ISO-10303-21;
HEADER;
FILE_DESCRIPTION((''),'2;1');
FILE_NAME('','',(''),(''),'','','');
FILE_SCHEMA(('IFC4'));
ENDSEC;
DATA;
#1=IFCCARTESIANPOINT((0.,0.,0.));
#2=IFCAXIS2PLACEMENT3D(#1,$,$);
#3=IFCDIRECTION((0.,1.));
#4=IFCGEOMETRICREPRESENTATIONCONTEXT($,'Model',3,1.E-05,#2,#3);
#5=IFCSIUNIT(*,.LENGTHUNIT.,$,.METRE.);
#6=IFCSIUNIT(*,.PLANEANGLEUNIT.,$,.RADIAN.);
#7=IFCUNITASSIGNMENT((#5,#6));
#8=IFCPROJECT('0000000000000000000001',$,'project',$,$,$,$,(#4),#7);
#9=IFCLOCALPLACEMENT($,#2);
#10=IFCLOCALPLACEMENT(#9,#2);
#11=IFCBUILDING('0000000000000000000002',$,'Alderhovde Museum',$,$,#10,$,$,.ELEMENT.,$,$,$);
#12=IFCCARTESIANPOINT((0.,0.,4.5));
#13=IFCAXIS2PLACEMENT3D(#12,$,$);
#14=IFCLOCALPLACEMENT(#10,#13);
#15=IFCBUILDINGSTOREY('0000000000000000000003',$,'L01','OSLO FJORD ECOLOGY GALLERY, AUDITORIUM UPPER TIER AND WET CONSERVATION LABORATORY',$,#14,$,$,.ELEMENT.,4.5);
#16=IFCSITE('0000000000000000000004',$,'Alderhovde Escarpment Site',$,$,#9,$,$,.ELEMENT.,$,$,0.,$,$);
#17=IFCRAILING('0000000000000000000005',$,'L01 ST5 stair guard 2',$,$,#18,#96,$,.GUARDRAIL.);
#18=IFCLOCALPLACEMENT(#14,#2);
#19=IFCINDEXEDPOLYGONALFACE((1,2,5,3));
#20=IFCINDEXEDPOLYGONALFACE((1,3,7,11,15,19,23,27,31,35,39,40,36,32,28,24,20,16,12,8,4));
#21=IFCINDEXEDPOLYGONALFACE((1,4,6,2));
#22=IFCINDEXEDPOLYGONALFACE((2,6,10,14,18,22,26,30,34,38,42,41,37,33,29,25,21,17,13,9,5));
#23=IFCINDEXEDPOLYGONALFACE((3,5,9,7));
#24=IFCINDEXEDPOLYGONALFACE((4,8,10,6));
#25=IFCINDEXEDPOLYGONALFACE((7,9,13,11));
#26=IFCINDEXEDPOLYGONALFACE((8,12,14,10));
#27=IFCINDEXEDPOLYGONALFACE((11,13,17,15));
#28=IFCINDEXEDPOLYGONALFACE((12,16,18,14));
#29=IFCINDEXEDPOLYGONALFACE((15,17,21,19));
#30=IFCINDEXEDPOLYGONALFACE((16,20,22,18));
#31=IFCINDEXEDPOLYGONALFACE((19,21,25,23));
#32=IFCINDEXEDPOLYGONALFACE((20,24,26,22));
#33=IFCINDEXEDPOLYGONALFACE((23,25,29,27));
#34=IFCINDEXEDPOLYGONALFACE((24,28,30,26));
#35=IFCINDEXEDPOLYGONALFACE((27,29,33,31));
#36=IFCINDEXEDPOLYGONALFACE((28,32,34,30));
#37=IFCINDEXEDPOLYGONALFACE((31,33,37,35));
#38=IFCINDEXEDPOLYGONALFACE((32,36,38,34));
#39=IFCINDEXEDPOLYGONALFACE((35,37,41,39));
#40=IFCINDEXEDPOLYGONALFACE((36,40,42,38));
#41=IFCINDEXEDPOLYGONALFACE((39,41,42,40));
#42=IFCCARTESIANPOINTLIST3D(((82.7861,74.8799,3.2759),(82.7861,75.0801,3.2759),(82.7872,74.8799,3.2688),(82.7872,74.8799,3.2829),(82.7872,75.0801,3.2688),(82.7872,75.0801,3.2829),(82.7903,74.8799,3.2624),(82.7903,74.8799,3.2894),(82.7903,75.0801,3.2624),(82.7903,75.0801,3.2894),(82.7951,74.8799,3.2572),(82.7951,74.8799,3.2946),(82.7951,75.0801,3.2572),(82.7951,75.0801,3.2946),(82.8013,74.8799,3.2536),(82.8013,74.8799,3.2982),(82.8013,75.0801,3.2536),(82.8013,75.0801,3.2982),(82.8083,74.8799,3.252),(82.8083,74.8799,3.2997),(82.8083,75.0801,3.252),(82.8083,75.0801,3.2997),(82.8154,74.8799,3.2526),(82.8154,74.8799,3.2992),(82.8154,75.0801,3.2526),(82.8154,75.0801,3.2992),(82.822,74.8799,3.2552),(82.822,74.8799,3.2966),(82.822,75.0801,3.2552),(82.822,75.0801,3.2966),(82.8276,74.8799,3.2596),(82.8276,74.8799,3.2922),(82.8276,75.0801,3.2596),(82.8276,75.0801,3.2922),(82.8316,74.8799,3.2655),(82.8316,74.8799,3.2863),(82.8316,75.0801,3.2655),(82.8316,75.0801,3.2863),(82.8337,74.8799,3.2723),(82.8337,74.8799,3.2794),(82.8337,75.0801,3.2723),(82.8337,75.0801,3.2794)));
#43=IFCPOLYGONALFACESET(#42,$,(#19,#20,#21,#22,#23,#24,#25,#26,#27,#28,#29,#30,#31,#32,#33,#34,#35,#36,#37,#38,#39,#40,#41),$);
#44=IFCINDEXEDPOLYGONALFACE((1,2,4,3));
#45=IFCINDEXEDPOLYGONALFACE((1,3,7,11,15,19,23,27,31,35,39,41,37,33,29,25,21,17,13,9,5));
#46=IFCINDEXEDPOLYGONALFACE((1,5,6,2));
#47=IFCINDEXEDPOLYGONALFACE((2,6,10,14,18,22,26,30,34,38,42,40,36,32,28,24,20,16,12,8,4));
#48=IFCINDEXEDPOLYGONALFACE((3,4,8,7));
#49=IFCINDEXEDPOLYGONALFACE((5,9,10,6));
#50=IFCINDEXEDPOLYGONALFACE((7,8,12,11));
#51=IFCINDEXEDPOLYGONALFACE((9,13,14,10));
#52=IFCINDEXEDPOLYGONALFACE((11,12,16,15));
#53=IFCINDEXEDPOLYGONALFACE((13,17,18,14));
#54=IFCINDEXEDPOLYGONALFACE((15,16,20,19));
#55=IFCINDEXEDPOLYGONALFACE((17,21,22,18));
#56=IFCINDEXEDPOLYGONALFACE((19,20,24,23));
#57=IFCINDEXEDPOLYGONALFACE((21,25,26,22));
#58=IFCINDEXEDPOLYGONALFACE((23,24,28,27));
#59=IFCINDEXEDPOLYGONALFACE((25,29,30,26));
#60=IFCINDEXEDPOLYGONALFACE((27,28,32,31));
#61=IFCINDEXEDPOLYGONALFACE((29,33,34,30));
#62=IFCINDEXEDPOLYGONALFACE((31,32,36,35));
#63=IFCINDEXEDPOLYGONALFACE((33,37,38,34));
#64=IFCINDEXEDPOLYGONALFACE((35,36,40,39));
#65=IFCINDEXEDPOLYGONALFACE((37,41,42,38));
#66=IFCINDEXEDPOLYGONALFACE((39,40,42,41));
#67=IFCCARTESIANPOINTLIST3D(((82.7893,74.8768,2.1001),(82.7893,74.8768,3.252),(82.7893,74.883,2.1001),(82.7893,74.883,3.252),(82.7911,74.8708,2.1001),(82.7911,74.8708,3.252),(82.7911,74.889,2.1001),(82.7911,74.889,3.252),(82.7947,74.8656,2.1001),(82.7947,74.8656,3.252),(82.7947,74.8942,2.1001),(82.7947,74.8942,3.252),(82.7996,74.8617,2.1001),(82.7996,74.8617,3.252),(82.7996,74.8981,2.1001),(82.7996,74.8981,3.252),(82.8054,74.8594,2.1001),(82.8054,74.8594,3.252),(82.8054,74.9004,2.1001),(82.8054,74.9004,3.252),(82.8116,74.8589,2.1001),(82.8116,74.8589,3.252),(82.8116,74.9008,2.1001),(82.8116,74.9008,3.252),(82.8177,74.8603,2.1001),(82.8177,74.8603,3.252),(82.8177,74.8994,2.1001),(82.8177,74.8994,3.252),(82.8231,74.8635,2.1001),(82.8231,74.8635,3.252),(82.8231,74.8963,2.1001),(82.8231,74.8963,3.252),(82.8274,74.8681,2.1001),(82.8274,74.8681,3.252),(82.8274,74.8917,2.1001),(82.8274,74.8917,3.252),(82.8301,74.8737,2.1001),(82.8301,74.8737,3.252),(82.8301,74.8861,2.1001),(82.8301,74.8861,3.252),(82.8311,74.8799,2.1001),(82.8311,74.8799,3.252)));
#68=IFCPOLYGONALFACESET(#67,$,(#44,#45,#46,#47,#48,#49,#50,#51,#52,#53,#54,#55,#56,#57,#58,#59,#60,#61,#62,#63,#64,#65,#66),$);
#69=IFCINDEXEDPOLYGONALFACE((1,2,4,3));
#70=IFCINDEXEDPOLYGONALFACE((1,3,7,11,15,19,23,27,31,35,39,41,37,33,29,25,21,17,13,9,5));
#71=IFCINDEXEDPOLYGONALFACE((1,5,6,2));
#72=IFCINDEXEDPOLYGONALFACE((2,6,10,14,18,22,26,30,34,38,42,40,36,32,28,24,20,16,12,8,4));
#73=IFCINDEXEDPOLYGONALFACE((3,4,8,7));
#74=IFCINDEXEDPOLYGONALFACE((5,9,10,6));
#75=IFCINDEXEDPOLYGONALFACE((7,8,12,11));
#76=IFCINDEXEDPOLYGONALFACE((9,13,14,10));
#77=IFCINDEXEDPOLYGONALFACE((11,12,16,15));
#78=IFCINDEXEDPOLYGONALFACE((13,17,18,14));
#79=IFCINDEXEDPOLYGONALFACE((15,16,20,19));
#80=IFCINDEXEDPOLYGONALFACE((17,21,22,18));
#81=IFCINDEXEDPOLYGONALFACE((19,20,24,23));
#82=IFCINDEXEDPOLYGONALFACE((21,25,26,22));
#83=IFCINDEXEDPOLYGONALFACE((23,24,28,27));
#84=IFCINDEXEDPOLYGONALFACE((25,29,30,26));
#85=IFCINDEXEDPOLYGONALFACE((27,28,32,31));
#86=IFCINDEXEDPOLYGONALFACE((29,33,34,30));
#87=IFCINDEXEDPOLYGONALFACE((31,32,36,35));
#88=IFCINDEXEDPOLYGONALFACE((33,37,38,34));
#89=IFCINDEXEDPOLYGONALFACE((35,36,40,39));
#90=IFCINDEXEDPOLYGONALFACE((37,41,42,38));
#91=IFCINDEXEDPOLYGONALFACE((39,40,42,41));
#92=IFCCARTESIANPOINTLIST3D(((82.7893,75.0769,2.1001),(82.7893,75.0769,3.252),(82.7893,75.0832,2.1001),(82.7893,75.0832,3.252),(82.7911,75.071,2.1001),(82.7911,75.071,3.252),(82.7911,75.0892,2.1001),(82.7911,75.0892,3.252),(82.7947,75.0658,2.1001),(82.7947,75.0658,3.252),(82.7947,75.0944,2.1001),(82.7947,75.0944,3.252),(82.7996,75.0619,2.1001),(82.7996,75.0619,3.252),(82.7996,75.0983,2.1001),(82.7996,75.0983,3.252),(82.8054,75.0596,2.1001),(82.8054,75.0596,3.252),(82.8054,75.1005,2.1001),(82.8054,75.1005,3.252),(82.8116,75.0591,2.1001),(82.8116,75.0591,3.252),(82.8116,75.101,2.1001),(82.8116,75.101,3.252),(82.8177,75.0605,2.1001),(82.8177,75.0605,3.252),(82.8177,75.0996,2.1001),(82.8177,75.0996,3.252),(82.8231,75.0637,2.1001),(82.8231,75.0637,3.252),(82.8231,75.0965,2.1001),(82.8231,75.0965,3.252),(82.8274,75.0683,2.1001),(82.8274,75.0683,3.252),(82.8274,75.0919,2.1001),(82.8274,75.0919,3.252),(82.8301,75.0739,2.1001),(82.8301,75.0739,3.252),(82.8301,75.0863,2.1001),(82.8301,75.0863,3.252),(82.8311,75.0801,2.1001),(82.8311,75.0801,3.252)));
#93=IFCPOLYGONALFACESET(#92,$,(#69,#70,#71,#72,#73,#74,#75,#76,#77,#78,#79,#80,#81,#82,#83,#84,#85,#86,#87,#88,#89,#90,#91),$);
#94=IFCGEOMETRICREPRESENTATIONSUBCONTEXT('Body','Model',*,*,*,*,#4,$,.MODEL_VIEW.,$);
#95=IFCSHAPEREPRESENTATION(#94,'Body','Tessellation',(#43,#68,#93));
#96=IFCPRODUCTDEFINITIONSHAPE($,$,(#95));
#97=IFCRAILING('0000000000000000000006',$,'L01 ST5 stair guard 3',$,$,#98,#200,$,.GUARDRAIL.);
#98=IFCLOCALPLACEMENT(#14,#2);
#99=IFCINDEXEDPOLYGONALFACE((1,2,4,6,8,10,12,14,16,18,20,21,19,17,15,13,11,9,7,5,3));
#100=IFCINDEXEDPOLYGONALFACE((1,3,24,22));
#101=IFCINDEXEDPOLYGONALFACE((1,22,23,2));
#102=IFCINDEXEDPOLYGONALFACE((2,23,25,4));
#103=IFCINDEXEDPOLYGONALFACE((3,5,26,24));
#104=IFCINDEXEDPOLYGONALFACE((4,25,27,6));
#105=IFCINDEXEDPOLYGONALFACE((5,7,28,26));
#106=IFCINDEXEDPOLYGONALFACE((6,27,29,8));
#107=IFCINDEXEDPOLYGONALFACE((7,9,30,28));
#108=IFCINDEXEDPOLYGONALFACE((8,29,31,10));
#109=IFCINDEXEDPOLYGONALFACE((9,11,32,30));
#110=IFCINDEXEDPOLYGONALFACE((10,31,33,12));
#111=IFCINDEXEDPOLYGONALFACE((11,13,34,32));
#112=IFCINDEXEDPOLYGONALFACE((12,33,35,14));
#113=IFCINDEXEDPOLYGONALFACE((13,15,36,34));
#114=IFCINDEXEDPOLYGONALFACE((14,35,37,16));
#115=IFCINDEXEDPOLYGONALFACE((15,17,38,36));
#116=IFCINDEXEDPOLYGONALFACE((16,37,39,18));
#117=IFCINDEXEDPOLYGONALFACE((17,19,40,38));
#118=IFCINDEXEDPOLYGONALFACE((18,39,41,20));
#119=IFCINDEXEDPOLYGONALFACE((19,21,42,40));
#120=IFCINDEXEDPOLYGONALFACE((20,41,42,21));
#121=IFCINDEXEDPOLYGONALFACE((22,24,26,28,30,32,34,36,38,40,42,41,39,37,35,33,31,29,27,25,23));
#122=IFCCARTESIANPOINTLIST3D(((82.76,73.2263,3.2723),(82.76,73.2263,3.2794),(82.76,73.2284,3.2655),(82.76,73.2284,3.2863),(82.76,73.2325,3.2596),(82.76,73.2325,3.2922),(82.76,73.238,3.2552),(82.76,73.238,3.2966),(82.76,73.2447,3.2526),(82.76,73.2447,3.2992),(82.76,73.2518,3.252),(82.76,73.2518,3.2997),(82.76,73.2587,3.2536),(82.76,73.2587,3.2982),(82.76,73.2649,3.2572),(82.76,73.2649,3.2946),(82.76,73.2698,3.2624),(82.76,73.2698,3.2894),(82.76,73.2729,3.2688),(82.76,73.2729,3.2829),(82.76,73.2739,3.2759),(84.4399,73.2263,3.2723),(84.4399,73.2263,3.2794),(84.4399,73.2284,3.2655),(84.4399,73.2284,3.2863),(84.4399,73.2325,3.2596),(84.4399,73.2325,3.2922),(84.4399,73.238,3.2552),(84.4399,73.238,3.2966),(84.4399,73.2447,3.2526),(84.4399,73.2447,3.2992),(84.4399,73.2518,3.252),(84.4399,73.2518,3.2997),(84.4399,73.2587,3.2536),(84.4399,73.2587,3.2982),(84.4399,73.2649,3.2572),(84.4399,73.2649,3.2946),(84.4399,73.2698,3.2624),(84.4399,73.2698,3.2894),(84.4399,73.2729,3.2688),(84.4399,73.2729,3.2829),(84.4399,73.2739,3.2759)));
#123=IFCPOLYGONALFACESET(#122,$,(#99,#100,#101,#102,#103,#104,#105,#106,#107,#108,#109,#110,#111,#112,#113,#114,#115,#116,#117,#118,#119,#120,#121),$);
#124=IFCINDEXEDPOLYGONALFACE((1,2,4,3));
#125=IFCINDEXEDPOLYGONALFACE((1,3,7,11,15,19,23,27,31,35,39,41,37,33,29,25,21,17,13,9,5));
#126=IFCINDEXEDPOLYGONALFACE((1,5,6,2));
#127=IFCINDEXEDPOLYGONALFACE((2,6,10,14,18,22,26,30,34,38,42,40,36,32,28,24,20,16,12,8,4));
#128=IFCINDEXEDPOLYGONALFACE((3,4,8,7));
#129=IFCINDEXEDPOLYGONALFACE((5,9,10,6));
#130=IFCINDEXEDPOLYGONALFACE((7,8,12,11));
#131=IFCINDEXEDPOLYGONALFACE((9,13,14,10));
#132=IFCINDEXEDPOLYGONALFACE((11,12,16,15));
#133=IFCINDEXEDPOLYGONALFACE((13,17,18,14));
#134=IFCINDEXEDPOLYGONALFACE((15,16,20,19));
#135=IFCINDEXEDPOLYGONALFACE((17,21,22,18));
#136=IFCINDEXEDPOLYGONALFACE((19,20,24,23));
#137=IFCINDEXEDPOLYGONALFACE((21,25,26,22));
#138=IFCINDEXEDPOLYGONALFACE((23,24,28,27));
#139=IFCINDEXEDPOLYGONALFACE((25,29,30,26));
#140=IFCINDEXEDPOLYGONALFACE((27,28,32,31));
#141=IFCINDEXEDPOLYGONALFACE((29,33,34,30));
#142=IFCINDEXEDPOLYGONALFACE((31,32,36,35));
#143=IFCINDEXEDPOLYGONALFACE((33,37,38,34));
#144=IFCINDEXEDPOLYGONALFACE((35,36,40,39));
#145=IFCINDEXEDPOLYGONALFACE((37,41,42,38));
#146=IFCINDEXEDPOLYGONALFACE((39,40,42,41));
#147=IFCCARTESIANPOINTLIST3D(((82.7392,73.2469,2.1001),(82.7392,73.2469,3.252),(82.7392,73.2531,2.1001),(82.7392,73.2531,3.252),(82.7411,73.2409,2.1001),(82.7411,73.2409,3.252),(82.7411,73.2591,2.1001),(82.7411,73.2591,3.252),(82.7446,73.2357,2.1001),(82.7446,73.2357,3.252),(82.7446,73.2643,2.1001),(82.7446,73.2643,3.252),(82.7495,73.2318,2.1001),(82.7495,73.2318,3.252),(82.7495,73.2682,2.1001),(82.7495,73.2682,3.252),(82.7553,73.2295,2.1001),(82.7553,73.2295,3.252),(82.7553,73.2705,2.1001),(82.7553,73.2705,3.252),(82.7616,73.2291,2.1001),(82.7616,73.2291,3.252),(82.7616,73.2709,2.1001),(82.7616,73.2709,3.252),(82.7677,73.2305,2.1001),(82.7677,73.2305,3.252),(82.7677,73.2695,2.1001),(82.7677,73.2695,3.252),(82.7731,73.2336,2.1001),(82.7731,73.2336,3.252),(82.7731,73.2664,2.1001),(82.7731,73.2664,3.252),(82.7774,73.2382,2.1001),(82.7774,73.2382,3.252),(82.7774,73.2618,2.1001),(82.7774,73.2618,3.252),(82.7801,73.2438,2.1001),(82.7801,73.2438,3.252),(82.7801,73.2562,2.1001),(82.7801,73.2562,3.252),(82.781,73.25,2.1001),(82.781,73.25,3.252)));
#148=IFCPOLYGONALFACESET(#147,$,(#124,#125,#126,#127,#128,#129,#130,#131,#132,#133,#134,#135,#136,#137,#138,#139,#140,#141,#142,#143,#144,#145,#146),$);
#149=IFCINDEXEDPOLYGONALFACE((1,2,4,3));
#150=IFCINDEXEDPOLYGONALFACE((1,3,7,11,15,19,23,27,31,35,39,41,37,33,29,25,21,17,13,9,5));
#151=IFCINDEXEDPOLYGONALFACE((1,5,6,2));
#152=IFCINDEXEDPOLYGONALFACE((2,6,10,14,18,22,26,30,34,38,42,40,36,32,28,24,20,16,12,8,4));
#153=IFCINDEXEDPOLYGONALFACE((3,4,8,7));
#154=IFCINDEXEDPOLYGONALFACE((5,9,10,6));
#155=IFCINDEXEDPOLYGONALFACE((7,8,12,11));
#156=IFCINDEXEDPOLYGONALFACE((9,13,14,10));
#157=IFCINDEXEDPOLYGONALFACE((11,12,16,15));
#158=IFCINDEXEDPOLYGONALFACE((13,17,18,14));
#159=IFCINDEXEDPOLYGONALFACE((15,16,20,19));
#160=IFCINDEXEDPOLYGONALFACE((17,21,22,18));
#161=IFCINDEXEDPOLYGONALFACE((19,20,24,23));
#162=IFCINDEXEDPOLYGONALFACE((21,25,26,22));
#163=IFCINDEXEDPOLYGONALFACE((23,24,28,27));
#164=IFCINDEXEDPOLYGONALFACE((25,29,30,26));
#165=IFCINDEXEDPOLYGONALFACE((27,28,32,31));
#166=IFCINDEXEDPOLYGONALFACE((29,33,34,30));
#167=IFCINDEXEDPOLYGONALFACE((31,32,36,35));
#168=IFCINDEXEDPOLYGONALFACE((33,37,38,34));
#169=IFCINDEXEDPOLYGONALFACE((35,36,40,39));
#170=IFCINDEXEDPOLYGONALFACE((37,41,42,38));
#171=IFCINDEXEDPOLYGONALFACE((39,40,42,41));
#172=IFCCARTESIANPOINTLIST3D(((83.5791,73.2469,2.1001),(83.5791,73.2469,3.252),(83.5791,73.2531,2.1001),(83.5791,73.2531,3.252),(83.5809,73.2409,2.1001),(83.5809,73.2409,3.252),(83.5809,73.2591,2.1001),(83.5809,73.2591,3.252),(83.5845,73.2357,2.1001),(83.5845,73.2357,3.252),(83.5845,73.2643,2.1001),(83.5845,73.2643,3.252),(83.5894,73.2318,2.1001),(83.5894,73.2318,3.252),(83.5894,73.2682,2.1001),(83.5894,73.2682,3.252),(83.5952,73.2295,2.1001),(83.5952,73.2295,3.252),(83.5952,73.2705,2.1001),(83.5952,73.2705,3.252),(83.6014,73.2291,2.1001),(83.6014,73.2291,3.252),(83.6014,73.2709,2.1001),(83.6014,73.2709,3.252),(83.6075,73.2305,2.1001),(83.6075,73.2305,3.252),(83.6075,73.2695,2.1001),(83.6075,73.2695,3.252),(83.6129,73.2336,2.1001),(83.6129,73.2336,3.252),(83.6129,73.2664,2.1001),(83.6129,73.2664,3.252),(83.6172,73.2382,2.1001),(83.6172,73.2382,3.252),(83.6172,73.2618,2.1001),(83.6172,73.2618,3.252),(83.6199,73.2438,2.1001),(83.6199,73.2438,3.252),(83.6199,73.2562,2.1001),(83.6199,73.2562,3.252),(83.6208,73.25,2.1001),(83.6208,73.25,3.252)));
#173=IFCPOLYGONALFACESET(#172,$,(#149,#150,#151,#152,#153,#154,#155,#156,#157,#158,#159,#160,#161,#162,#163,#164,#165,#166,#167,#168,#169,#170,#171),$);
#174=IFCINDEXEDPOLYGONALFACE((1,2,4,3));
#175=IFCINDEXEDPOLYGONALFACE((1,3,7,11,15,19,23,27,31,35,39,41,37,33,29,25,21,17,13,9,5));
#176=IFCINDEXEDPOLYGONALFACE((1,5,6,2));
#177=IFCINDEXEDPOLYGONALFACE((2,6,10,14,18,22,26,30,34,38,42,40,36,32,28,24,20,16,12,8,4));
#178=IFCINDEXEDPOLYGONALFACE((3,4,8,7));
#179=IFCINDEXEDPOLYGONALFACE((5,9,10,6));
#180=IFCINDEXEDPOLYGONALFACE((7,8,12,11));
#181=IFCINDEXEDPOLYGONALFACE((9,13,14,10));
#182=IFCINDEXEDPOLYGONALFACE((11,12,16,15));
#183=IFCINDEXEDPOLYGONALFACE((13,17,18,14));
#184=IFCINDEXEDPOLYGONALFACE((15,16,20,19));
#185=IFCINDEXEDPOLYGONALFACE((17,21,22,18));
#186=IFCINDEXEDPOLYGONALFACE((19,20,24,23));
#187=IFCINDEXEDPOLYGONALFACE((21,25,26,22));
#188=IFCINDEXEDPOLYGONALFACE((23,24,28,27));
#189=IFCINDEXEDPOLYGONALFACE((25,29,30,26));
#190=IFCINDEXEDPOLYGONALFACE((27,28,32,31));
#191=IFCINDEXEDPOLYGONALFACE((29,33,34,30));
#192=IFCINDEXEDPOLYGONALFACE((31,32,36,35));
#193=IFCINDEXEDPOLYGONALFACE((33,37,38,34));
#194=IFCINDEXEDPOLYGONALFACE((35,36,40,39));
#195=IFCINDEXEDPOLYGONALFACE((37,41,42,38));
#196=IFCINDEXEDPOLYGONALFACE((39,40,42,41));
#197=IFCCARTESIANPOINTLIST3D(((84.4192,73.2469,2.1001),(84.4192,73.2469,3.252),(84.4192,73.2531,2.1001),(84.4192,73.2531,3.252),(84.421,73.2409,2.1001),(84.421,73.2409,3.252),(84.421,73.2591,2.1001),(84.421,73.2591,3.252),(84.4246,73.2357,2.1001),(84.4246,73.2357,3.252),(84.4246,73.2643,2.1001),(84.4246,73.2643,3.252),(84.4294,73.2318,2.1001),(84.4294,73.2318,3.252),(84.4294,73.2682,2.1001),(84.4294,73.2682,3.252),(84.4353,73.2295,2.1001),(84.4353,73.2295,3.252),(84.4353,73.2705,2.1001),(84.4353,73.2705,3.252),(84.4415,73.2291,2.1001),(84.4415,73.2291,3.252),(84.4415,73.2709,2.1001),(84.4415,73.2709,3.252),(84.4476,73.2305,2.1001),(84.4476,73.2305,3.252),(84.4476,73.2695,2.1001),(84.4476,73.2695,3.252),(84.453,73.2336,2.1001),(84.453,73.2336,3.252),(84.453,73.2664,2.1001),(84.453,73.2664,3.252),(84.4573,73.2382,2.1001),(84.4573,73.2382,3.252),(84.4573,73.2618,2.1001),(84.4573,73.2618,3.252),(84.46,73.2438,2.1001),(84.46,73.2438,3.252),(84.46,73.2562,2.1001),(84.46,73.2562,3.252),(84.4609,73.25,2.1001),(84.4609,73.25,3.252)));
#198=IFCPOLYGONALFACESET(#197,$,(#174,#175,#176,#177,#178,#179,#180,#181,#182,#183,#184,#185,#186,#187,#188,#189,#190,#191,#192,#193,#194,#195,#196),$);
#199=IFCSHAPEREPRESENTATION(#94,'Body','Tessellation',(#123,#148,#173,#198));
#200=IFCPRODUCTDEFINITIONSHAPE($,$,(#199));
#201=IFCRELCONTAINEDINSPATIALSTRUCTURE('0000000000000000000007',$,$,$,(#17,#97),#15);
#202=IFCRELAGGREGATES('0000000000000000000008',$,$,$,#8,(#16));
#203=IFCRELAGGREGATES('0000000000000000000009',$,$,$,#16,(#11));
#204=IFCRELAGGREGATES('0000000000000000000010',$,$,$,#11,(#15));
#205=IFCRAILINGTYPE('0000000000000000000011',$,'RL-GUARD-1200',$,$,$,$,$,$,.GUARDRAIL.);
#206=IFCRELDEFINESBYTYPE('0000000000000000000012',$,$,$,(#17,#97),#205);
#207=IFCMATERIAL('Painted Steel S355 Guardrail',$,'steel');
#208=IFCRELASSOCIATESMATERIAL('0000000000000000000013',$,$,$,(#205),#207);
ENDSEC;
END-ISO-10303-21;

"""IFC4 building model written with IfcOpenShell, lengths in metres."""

from ifc_helpers import new_model, si_unit, direction, frame, origin, origin_2d, place, context, subcontext, project, spatial, circle, extrude, material, type_object, element, save


model = new_model("IFC4")

# Units and contexts
model_context = context("Model", 3, precision=1e-05, world=origin(), true_north=direction((0.0, 1.0)))
body_context = subcontext(model_context, "Body", "Model", "MODEL_VIEW")
ifc_project = project(units=[si_unit("LENGTHUNIT", "METRE"), si_unit("PLANEANGLEUNIT", "RADIAN")], contexts=[model_context])

# Site, building, storey
site_placement = place(None, origin())
site = spatial("IfcSite", under=ifc_project, at=site_placement, Name="Alderhovde Escarpment Site", CompositionType="ELEMENT", RefElevation=0.0)
building_placement = place(site_placement, origin())
building = spatial("IfcBuilding", under=site, at=building_placement, Name="Alderhovde Museum", CompositionType="ELEMENT")
storey_placement = place(building_placement, frame((0.0, 0.0, 4.5)))
storey = spatial("IfcBuildingStorey", under=building, at=storey_placement, Name="L01", Description="OSLO FJORD ECOLOGY GALLERY, AUDITORIUM UPPER TIER AND WET CONSERVATION LABORATORY", CompositionType="ELEMENT", Elevation=4.5)

# Railings
ifc_material_1 = material(Name="Painted Steel S355 Guardrail", Category="steel")
railing_type_1 = type_object("IfcRailingType", Name="RL-GUARD-1200", PredefinedType="GUARDRAIL", material=ifc_material_1)
railing_1_placement = place(storey_placement, frame((82.8101, 74.8799, 2.1001)))
element("IfcRailing", 1, at=railing_1_placement, inside=storey, type_object=railing_type_1, Name="L01 ST5 stair guard 2", PredefinedType="GUARDRAIL", context=body_context, shape_type="SweptSolid", body=[
    extrude(circle(Radius=0.0239, at=origin_2d()), frame((0.0, 0.0, 1.1758), z_axis=(0.0, 1.0, 0.0), x_axis=(-1.0, 0.0, 0.0)), (0.0, 0.0, 1.0), 0.2002),
    extrude(circle(Radius=0.021, at=origin_2d()), origin(), (0.0, 0.0, 1.0), 1.1519),
    extrude(circle(Radius=0.021, at=origin_2d()), frame((0.0, 0.2002, 0.0)), (0.0, 0.0, 1.0), 1.1519),
])
for number, where, name in (
    (2, (82.76, 73.25, 2.1001), "L01 ST5 stair guard 3"),
):
    element("IfcRailing", number, at=place(storey_placement, frame(where)), inside=storey, type_object=railing_type_1, Name=name, PredefinedType="GUARDRAIL", context=body_context, shape_type="SweptSolid", body=[
        extrude(circle(Radius=0.0239, at=origin_2d()), frame((0.0, 0.0, 1.1758), z_axis=(1.0, 0.0, 0.0), x_axis=(0.0, 1.0, 0.0)), (0.0, 0.0, 1.0), 1.6799),
        extrude(circle(Radius=0.021, at=origin_2d()), origin(), (0.0, 0.0, 1.0), 1.1519),
        extrude(circle(Radius=0.021, at=origin_2d()), frame((0.8398, 0.0, 0.0)), (0.0, 0.0, 1.0), 1.1519),
        extrude(circle(Radius=0.021, at=origin_2d()), frame((1.6799, 0.0, 0.0)), (0.0, 0.0, 1.0), 1.1519),
    ])

save(model, "model.ifc")
